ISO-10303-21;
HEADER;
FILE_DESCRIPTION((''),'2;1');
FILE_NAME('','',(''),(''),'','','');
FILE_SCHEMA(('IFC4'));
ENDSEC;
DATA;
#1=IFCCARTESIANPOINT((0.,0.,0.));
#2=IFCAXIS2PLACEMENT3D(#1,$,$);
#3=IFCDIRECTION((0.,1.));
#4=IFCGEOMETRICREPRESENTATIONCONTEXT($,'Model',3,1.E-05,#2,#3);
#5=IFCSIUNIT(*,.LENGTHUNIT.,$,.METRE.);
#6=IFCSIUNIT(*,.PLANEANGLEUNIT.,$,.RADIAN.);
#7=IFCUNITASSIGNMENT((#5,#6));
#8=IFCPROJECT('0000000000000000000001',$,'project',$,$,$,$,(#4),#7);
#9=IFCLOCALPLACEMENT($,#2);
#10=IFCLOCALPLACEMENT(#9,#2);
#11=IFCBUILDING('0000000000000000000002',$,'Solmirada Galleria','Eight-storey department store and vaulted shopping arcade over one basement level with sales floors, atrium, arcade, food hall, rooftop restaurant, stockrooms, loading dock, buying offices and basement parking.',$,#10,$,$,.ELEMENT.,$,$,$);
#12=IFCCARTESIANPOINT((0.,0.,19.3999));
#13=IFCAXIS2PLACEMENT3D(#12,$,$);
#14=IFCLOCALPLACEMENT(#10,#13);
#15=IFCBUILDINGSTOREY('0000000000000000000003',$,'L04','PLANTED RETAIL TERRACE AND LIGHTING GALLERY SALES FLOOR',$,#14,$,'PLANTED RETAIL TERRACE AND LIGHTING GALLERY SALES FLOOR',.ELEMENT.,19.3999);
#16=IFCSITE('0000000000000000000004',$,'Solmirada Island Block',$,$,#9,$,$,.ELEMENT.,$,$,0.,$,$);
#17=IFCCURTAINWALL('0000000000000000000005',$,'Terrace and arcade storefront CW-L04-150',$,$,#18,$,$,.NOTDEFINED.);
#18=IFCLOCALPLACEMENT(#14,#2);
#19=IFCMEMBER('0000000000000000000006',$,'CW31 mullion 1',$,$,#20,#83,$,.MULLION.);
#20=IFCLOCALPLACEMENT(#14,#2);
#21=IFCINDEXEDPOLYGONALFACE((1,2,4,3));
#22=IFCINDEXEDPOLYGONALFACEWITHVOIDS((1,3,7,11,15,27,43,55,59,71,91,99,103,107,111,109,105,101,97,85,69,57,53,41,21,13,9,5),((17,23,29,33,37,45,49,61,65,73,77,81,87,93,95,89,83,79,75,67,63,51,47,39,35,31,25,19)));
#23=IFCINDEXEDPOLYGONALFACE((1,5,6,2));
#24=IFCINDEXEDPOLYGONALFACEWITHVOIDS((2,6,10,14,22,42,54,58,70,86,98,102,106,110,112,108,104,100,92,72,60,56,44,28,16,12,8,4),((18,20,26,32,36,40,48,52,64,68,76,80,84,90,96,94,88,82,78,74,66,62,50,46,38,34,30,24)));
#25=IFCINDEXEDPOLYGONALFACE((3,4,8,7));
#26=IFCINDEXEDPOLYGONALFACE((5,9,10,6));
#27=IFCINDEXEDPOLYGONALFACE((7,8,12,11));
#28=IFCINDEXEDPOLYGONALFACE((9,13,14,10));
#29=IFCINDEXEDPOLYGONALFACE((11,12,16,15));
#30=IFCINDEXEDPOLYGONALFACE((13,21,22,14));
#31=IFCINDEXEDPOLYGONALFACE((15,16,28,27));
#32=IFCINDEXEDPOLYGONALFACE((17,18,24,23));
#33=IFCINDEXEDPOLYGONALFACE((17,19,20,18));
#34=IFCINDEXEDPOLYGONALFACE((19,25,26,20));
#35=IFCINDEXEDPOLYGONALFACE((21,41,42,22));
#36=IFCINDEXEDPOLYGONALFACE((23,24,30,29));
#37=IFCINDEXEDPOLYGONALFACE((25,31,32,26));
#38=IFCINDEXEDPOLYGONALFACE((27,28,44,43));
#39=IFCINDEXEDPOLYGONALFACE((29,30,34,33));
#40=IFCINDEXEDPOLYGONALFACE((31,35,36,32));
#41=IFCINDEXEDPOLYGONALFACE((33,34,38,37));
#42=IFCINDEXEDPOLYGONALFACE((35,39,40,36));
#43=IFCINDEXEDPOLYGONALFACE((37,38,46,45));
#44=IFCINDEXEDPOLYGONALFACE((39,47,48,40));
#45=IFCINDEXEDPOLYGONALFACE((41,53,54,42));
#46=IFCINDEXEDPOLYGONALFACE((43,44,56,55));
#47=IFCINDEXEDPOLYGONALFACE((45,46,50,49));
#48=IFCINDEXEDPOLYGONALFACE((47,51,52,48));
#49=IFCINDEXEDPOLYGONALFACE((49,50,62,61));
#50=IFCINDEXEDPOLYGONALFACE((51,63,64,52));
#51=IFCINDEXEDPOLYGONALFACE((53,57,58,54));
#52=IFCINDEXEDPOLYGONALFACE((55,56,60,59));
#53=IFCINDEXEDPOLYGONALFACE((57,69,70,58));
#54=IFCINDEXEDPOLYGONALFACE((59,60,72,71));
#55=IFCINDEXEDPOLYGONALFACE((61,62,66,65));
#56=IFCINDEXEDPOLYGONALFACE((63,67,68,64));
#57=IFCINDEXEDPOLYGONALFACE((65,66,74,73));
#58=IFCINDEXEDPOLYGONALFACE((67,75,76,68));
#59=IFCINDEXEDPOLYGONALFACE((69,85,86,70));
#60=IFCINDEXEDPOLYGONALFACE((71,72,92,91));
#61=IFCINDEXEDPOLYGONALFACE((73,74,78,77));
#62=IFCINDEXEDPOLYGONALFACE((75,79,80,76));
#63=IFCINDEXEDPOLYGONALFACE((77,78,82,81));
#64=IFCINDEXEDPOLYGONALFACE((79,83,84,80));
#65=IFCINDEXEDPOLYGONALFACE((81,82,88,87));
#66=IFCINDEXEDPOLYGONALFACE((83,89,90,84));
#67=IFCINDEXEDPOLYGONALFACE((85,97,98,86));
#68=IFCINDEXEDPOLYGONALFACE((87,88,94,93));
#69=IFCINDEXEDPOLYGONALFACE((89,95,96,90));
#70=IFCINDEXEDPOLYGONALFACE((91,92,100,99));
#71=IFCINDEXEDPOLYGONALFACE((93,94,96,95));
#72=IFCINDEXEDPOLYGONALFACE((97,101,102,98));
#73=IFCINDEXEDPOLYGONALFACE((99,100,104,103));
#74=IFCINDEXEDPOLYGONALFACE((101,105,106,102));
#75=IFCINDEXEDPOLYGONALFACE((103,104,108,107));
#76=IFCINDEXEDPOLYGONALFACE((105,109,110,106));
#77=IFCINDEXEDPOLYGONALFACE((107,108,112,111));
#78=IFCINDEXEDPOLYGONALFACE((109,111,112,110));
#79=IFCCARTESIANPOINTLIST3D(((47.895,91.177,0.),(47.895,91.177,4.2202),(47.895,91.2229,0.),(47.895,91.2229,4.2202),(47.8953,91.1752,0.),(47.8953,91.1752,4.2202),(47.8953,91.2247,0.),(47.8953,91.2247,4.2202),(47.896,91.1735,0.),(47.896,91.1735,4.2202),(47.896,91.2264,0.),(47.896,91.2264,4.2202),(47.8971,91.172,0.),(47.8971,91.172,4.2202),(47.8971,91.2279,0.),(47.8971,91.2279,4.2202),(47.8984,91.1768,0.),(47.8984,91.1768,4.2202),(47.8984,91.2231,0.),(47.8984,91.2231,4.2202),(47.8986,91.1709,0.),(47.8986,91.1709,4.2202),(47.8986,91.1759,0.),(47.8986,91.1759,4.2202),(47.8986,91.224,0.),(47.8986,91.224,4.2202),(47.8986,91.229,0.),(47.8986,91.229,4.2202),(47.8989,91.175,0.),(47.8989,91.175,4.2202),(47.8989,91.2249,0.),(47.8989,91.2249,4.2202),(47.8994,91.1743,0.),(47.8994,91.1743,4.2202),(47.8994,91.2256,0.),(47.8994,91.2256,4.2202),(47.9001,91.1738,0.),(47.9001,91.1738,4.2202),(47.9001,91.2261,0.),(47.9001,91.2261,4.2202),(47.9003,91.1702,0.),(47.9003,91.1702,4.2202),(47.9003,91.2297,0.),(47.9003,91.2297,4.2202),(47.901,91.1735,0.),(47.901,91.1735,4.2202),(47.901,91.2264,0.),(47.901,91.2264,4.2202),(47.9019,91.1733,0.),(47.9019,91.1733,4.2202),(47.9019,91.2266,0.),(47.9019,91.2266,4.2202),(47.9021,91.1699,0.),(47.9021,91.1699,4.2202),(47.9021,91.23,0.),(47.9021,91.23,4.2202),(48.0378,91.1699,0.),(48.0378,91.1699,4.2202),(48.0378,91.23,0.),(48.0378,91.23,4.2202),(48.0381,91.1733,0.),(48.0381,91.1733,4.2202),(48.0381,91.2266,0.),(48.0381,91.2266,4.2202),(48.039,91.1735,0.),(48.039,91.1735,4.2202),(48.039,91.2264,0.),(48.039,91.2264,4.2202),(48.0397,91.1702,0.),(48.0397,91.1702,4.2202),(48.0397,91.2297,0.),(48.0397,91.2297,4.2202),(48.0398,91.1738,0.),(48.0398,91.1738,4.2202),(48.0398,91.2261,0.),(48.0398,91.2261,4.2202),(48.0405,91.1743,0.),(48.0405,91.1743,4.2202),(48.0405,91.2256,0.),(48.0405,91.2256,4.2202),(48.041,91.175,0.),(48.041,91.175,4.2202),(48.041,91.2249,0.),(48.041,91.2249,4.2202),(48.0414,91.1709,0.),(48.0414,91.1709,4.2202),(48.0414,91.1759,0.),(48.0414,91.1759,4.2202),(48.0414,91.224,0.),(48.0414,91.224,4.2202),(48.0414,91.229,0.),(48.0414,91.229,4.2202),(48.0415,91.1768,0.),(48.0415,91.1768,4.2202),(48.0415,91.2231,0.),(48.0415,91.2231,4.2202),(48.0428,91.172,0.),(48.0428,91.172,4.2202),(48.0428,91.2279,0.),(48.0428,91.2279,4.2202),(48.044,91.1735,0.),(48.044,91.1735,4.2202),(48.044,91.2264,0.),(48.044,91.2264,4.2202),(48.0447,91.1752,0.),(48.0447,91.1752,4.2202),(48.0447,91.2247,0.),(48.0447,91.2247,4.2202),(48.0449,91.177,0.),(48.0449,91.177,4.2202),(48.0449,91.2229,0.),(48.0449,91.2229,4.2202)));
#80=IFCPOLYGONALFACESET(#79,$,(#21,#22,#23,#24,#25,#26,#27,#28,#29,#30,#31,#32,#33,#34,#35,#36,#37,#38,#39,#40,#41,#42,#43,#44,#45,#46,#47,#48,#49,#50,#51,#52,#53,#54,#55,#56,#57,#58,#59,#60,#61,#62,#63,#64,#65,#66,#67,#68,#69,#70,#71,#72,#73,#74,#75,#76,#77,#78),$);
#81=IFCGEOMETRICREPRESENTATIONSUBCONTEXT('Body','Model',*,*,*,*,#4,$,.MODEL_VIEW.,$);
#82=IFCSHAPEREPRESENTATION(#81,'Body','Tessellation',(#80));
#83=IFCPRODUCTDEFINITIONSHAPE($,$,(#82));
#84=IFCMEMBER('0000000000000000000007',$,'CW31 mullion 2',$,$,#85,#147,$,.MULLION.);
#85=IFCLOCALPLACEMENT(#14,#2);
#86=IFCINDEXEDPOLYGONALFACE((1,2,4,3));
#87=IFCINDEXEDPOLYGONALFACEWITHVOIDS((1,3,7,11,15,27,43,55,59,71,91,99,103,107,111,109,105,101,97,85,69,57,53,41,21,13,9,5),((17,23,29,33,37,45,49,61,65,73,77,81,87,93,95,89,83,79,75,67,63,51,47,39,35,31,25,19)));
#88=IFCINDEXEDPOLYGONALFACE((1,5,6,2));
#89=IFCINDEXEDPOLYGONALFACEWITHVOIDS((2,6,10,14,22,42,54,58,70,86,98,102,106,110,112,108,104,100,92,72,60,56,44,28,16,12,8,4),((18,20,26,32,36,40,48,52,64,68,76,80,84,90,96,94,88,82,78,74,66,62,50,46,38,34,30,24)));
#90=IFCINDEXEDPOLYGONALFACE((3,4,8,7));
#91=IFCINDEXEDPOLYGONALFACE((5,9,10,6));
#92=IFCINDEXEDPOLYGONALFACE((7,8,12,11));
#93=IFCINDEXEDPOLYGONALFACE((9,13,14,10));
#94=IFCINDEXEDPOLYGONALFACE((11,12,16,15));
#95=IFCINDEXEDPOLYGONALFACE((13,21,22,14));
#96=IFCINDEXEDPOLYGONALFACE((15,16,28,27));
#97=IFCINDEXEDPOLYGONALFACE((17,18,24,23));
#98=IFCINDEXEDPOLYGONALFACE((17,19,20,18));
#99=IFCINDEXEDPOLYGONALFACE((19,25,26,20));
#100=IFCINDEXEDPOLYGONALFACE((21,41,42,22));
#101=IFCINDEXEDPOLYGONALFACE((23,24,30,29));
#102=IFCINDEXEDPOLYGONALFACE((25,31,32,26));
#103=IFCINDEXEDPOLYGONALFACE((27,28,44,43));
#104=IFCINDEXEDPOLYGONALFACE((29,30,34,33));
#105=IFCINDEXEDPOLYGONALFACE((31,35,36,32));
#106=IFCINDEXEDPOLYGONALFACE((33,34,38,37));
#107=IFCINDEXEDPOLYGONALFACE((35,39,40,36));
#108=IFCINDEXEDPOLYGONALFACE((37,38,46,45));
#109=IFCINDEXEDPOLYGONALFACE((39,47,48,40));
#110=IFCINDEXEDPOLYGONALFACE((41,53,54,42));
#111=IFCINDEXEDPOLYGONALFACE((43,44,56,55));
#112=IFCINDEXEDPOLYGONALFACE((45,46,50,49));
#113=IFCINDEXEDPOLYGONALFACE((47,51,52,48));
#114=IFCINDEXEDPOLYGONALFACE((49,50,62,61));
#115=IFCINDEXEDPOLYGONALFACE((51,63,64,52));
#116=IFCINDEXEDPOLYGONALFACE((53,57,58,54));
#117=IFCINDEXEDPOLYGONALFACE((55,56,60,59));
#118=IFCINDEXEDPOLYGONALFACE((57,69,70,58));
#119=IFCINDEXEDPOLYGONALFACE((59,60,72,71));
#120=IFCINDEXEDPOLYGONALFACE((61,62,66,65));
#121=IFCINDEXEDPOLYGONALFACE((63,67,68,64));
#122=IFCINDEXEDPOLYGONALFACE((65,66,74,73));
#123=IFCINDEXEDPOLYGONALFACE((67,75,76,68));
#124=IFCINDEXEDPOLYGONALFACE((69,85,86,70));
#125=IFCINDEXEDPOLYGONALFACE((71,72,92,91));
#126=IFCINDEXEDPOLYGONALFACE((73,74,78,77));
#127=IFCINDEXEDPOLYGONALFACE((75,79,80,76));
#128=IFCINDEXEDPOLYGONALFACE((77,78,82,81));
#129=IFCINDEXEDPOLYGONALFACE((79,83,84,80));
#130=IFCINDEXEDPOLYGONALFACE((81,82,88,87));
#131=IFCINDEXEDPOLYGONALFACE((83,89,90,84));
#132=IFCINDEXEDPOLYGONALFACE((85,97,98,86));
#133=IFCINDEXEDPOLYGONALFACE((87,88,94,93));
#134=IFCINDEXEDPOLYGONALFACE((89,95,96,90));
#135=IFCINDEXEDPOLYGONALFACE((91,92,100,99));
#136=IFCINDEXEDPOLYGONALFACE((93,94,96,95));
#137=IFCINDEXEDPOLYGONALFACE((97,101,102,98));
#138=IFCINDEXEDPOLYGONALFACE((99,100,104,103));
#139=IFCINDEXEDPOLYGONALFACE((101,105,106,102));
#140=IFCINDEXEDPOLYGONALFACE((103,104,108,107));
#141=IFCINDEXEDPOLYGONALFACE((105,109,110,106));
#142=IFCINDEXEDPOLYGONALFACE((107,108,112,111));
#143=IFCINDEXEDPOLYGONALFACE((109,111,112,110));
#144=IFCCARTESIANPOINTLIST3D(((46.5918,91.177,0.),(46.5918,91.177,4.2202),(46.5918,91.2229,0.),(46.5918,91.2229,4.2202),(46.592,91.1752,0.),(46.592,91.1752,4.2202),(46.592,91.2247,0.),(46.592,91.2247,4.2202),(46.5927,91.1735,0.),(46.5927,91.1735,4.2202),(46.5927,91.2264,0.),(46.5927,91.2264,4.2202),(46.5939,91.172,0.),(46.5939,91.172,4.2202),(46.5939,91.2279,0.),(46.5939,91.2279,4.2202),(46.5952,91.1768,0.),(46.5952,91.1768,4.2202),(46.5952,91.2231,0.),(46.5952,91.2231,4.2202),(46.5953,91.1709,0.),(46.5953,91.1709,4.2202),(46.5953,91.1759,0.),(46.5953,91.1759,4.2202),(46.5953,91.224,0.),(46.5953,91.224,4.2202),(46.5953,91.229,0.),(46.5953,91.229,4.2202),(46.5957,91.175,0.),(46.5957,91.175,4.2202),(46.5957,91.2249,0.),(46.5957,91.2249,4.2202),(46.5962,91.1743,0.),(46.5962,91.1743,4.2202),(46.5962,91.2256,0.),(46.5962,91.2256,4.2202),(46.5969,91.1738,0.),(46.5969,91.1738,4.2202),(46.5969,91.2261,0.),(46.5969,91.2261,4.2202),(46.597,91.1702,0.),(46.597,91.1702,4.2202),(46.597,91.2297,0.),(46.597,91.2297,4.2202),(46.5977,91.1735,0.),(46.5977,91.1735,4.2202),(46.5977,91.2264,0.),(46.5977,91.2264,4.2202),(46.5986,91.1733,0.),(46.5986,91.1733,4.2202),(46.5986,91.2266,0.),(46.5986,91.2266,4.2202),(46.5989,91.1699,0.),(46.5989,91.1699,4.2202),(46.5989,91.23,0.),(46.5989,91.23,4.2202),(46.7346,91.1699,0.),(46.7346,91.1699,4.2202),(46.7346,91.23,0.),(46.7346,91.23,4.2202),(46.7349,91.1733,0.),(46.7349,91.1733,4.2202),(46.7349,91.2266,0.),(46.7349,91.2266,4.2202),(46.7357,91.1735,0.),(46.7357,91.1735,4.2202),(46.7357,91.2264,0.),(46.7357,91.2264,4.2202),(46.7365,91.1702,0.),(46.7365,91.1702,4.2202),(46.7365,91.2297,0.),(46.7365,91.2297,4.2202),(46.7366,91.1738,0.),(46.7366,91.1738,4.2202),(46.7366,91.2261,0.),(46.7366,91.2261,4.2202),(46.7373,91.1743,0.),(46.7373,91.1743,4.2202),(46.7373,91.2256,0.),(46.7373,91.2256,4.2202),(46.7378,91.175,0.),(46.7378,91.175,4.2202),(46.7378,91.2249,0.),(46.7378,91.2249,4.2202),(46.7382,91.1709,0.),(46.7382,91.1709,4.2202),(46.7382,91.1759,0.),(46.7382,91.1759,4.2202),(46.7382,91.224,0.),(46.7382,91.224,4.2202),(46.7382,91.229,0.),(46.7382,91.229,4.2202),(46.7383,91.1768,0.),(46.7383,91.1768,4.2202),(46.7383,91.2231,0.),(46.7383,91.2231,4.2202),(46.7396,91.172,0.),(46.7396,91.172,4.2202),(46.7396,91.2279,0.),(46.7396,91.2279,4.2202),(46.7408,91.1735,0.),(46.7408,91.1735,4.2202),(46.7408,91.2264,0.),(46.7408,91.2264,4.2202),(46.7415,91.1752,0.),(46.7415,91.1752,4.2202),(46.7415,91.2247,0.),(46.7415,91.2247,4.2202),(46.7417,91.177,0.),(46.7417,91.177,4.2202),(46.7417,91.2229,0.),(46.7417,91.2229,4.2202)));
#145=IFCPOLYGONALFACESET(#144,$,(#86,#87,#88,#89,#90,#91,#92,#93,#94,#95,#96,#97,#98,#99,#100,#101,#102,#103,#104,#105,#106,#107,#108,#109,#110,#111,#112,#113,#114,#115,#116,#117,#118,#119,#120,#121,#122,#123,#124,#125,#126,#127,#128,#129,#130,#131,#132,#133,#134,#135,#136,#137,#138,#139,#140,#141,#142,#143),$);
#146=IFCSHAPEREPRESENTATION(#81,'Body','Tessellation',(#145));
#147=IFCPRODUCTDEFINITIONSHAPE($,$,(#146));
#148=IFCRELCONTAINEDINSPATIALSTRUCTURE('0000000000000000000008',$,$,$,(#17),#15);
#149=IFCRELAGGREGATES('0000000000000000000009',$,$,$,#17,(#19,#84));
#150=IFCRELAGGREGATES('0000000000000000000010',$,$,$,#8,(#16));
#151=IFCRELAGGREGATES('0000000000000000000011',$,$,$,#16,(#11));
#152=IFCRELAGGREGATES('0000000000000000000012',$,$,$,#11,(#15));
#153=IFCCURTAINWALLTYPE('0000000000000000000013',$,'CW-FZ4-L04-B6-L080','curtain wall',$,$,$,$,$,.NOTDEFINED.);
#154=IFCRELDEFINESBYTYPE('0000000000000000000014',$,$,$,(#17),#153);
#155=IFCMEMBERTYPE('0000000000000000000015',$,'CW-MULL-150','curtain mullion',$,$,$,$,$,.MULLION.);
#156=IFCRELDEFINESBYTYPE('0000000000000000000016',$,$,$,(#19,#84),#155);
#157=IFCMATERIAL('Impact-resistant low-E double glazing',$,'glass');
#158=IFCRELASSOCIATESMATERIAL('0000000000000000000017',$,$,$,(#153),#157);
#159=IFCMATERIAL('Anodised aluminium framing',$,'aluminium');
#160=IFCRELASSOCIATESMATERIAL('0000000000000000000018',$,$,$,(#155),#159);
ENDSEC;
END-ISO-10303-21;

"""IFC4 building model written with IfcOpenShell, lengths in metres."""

from ifc_helpers import new_model, si_unit, direction, frame, origin, origin_2d, place, context, subcontext, project, spatial, hollow_rectangle, extrude, material, material_profile, profile_set, type_object, element, aggregate, save


model = new_model("IFC4")

# Units and contexts
model_context = context("Model", 3, precision=1e-05, world=origin(), true_north=direction((0.0, 1.0)))
body_context = subcontext(model_context, "Body", "Model", "MODEL_VIEW")
ifc_project = project(units=[si_unit("LENGTHUNIT", "METRE"), si_unit("PLANEANGLEUNIT", "RADIAN")], contexts=[model_context])

# Site, building, storey
site_placement = place(None, origin())
site = spatial("IfcSite", under=ifc_project, at=site_placement, Name="Solmirada Island Block", CompositionType="ELEMENT", RefElevation=0.0)
building_placement = place(site_placement, origin())
building = spatial("IfcBuilding", under=site, at=building_placement, Name="Solmirada Galleria", Description="Eight-storey department store and vaulted shopping arcade over one basement level with sales floors, atrium, arcade, food hall, rooftop restaurant, stockrooms, loading dock, buying offices and basement parking.", CompositionType="ELEMENT")
storey_placement = place(building_placement, frame((0.0, 0.0, 19.3999)))
storey = spatial("IfcBuildingStorey", under=building, at=storey_placement, Name="L04", Description="PLANTED RETAIL TERRACE AND LIGHTING GALLERY SALES FLOOR", LongName="PLANTED RETAIL TERRACE AND LIGHTING GALLERY SALES FLOOR", CompositionType="ELEMENT", Elevation=19.3999)

# Curtain wall, members
ifc_material_1 = material(Name="Impact-resistant low-E double glazing", Category="glass")
curtain_wall_type = type_object("IfcCurtainWallType", Name="CW-FZ4-L04-B6-L080", Description="curtain wall", PredefinedType="NOTDEFINED", material=ifc_material_1)
ifc_material_2 = material(Name="Anodised aluminium framing", Category="aluminium")
ifc_material_profile_1 = material_profile(ifc_material_2, hollow_rectangle(XDim=0.0601, YDim=0.1499, WallThickness=0.0034, InnerFilletRadius=0.0034, OuterFilletRadius=0.0071, at=origin_2d()), Name="ALU-MULL-150X60")
ifc_profile_set_1 = profile_set([ifc_material_profile_1], Name="Anodised aluminium framing")
member_type_1 = type_object("IfcMemberType", Name="CW-MULL-150", Description="curtain mullion", PredefinedType="MULLION", material=ifc_profile_set_1)
curtain_wall_1_placement = place(storey_placement, origin())
curtain_wall_1 = element("IfcCurtainWall", 1, at=curtain_wall_1_placement, inside=storey, type_object=curtain_wall_type, Name="Terrace and arcade storefront CW-L04-150", PredefinedType="NOTDEFINED")
member_1_placement = place(storey_placement, frame((47.97, 91.2, 0.0), z_axis=(0.0, 0.0, 1.0), x_axis=(0.0, -1.0, 0.0)))
member_1 = element("IfcMember", 2, at=member_1_placement, type_object=member_type_1, Name="CW31 mullion 1", PredefinedType="MULLION", context=body_context, shape_type="SweptSolid", body=[
    extrude(hollow_rectangle(XDim=0.0601, YDim=0.1499, WallThickness=0.0034, InnerFilletRadius=0.0034, OuterFilletRadius=0.0071, at=origin_2d()), origin(), (0.0, 0.0, 1.0), 4.2202),
])
member_2_placement = place(storey_placement, frame((46.6667, 91.2, 0.0), z_axis=(0.0, 0.0, 1.0), x_axis=(0.0, -1.0, 0.0)))
member_2 = element("IfcMember", 3, at=member_2_placement, type_object=member_type_1, Name="CW31 mullion 2", PredefinedType="MULLION", context=body_context, shape_type="SweptSolid", body=[
    extrude(hollow_rectangle(XDim=0.0601, YDim=0.1499, WallThickness=0.0034, InnerFilletRadius=0.0034, OuterFilletRadius=0.0071, at=origin_2d()), origin(), (0.0, 0.0, 1.0), 4.2202),
])

aggregate(curtain_wall_1, [member_1, member_2])

save(model, "model.ifc")
